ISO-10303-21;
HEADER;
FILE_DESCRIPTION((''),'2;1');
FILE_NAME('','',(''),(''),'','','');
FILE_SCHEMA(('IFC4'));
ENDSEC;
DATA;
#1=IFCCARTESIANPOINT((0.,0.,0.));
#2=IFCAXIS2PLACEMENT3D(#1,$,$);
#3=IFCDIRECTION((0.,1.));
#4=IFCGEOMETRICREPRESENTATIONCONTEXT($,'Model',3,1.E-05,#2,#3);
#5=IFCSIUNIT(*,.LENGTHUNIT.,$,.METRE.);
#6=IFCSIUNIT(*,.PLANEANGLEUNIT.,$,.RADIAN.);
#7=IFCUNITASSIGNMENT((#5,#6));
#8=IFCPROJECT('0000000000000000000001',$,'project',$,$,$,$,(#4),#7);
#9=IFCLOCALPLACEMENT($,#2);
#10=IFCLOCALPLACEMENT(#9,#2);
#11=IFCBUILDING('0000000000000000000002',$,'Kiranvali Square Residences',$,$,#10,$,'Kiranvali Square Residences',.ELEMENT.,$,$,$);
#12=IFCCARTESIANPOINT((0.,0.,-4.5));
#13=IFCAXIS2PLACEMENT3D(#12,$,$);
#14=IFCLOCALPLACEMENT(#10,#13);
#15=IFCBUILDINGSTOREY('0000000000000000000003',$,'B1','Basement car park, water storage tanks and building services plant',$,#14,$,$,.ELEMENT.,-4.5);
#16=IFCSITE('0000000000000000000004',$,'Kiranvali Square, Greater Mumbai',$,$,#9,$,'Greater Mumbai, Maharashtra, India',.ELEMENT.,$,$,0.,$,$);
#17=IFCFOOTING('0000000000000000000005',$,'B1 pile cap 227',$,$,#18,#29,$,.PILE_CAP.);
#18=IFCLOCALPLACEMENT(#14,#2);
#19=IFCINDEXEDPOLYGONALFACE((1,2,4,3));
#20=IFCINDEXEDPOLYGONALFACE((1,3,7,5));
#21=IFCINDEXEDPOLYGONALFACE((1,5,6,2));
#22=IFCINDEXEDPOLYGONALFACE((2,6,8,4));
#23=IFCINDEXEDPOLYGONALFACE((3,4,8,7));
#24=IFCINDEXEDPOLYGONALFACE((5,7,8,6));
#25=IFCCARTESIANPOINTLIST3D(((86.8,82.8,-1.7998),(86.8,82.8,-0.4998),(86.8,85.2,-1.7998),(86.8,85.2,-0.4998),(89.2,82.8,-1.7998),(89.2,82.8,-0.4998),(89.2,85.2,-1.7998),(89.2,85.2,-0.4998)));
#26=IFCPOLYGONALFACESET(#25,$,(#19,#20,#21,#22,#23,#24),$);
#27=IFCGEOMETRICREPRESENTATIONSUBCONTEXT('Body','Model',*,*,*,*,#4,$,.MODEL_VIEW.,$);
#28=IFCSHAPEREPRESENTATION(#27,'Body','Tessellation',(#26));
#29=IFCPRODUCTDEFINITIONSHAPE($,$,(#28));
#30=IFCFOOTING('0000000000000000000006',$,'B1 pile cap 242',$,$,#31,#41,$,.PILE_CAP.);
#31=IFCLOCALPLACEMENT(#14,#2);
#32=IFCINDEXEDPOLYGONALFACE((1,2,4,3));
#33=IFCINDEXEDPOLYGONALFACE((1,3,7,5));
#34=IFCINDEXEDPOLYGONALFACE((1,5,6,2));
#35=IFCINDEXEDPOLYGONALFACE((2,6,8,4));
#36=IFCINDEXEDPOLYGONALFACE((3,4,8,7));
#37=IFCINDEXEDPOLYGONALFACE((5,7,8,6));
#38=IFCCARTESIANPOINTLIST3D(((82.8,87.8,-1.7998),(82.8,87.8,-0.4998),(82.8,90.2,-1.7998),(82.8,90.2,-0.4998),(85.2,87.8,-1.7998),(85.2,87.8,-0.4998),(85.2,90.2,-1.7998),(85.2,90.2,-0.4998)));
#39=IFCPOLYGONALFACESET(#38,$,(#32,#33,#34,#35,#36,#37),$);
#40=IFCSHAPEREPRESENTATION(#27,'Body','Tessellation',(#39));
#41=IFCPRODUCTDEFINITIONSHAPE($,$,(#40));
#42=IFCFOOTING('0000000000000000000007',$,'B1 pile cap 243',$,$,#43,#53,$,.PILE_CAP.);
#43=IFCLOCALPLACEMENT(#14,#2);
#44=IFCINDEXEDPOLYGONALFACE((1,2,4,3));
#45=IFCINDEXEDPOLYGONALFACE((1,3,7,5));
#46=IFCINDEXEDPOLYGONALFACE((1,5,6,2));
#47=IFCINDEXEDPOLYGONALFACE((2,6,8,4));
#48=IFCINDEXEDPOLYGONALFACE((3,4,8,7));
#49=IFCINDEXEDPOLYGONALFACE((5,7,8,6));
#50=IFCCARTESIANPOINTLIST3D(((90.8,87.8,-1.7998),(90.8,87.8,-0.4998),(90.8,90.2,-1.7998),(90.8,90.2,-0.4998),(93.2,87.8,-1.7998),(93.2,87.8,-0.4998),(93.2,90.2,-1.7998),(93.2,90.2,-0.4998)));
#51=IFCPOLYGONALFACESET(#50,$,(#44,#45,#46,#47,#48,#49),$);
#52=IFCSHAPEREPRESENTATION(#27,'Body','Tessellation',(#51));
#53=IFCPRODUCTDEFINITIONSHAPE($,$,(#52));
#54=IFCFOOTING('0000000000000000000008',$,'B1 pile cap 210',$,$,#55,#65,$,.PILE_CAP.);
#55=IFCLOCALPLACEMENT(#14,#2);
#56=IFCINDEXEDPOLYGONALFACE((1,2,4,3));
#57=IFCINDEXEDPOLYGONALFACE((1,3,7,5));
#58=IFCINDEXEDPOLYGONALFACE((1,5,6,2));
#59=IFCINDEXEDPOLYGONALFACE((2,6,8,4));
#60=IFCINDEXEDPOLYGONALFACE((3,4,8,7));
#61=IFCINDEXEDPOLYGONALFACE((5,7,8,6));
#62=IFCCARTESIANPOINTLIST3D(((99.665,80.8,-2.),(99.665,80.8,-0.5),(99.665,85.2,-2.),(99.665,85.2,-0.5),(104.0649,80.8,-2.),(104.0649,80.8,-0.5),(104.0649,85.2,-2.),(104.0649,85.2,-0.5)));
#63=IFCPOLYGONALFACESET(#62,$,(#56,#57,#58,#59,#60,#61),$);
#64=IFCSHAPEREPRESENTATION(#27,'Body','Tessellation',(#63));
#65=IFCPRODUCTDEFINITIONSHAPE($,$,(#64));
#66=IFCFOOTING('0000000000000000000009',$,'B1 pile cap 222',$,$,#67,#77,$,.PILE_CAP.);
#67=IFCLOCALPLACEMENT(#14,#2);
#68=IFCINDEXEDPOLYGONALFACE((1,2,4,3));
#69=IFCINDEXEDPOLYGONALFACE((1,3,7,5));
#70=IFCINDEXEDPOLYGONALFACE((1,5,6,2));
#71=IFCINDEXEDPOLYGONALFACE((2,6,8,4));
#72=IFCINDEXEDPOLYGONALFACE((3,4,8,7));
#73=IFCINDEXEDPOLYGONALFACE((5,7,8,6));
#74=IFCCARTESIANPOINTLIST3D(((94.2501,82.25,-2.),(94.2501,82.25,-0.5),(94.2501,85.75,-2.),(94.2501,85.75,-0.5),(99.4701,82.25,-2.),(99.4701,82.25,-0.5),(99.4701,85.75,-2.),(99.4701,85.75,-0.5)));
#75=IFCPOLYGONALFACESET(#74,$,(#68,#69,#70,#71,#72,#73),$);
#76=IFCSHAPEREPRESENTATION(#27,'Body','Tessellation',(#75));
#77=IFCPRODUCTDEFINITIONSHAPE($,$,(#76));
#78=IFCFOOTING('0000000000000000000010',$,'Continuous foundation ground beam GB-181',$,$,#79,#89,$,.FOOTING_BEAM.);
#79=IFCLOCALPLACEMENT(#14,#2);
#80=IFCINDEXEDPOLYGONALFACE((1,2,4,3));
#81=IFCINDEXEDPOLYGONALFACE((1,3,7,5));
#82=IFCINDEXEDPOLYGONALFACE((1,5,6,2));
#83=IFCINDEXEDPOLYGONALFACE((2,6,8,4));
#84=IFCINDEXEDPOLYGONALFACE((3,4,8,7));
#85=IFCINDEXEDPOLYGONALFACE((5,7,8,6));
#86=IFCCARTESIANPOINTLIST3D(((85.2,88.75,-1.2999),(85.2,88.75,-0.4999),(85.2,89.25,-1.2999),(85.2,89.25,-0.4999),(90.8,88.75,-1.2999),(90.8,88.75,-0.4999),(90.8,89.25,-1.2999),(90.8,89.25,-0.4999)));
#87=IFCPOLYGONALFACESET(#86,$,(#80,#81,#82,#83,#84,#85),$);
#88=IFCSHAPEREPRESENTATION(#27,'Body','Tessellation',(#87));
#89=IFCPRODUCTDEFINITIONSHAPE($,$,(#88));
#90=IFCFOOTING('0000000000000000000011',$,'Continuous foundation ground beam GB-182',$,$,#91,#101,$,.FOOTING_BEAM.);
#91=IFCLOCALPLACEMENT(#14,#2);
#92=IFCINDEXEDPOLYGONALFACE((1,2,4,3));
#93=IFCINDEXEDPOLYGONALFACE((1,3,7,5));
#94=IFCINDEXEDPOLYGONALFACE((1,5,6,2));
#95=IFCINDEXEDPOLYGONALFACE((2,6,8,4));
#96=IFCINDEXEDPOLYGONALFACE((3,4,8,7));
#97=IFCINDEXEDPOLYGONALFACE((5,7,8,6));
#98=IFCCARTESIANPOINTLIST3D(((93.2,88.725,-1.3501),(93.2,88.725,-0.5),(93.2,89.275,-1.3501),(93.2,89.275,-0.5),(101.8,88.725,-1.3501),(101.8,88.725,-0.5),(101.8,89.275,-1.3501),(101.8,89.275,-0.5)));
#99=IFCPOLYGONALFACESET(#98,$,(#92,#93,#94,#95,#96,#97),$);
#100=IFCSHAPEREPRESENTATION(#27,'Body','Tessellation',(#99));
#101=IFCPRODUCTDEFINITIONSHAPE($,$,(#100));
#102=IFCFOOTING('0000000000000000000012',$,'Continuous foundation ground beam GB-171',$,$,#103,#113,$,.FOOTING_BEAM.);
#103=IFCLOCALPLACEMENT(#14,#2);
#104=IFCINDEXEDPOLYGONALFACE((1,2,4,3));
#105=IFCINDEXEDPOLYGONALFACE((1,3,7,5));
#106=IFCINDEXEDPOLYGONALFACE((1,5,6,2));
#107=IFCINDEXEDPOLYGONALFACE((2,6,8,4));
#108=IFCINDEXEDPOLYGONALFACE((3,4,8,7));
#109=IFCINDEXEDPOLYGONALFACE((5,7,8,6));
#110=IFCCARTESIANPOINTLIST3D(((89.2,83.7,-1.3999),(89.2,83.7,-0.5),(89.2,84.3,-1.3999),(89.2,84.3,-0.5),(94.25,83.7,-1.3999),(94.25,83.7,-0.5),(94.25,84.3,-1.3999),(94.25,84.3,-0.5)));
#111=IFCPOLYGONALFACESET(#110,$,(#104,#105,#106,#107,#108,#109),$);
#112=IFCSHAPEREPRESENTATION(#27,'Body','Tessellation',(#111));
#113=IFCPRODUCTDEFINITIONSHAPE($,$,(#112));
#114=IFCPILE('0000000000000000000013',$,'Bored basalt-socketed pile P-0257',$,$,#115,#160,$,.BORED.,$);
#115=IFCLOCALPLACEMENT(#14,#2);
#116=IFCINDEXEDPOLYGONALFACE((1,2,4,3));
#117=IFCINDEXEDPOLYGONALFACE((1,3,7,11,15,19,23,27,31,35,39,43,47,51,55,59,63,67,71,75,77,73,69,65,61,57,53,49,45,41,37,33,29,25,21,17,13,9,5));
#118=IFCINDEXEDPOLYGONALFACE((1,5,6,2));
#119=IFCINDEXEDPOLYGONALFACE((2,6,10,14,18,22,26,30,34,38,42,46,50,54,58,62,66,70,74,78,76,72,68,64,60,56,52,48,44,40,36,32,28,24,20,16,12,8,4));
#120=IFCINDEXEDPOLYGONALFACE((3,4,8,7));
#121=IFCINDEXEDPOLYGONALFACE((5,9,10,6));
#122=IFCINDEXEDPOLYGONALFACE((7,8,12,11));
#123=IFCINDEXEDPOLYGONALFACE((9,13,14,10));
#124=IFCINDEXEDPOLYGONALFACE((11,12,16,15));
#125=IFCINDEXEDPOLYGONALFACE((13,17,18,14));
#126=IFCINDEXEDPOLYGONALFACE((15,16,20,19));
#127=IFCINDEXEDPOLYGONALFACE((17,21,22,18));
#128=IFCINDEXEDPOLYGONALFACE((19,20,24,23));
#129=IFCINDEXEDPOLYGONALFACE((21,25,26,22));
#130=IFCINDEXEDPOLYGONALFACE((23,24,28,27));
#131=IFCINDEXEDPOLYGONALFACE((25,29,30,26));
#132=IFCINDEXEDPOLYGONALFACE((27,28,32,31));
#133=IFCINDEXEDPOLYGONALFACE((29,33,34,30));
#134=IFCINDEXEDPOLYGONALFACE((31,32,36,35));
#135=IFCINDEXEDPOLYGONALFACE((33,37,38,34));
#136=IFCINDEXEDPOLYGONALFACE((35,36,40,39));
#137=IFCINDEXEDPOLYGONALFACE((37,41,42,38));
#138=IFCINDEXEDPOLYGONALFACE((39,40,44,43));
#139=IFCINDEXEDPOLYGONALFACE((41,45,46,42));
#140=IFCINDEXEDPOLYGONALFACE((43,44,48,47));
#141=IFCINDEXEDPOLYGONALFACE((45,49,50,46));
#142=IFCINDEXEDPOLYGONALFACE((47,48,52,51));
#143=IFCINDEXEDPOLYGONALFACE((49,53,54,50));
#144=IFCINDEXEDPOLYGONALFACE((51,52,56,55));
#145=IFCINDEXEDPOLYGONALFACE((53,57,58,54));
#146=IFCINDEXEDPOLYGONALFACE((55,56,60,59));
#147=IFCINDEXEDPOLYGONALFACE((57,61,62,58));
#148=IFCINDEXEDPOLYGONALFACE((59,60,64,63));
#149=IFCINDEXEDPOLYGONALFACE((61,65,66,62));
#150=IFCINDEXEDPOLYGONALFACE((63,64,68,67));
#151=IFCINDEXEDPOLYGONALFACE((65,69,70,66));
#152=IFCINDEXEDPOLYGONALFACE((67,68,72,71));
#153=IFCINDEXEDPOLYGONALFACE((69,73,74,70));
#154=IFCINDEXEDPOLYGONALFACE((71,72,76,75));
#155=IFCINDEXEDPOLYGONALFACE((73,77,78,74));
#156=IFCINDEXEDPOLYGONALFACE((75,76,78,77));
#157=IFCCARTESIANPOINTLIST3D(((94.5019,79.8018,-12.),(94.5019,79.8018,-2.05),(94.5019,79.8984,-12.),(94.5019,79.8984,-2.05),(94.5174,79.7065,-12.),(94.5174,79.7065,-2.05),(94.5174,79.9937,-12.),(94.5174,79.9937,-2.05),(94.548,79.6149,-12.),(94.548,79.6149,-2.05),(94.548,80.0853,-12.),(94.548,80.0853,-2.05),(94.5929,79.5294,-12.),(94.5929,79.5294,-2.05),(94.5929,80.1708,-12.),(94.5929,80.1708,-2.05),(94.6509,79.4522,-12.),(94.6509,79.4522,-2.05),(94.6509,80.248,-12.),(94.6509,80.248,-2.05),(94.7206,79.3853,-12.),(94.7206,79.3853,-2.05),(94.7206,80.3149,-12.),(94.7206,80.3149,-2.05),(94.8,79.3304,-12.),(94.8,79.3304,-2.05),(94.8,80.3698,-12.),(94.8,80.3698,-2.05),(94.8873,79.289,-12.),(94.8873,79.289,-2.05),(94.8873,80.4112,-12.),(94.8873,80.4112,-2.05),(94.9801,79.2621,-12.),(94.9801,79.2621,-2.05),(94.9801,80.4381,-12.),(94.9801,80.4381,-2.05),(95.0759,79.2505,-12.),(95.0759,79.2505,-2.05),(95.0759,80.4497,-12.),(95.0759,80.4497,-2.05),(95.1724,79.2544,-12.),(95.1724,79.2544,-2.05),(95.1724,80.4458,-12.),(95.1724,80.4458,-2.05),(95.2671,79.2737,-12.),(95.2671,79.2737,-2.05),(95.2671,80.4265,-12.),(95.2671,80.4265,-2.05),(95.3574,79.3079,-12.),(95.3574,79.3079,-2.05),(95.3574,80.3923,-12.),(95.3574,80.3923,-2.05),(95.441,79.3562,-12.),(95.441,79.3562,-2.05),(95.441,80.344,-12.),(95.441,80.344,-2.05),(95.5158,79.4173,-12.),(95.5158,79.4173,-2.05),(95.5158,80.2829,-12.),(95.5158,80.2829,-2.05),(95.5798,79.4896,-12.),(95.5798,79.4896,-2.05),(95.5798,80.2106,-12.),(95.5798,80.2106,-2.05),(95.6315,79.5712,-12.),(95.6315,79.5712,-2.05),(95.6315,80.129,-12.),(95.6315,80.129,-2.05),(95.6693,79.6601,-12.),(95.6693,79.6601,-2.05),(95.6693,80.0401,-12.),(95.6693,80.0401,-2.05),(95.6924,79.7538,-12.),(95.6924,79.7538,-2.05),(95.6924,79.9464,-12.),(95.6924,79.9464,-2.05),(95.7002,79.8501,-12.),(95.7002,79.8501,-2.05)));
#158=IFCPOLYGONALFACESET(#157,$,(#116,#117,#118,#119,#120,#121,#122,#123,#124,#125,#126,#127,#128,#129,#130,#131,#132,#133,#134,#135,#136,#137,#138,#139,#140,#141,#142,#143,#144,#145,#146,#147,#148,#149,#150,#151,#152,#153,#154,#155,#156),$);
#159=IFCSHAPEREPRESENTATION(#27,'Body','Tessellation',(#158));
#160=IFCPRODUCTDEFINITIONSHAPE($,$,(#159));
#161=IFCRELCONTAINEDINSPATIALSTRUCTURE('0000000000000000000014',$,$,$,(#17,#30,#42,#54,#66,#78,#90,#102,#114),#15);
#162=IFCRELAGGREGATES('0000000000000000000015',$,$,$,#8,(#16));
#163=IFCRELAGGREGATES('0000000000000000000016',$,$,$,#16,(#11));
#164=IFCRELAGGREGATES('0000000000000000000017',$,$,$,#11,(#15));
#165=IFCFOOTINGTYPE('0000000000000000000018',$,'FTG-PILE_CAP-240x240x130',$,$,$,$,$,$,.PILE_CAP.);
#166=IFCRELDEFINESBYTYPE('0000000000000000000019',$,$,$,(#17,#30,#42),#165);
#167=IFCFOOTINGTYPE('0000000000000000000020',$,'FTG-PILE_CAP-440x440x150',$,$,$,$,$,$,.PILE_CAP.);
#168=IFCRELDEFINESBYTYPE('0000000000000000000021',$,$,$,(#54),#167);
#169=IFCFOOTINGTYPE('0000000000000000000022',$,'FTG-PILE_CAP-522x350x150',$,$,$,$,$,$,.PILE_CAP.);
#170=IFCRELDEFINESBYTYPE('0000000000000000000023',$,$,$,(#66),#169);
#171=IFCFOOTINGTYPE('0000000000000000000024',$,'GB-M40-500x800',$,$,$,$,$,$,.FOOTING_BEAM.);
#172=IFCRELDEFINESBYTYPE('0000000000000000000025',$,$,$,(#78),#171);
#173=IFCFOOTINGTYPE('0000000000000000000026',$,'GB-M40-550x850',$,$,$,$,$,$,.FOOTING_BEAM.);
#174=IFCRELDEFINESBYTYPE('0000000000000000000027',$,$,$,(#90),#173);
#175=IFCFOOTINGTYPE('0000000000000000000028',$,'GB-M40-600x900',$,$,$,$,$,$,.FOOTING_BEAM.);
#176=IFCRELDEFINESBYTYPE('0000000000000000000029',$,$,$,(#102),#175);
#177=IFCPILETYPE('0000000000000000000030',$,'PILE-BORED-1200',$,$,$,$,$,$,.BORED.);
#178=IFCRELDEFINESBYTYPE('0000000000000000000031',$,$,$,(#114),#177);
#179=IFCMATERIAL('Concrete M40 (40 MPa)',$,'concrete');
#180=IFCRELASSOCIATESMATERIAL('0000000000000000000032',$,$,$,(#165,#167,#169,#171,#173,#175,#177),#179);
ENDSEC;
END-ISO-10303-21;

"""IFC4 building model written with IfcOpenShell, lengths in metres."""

from ifc_helpers import new_model, si_unit, direction, frame, origin, origin_2d, place, context, subcontext, project, spatial, rectangle, circle, extrude, material, material_profile, profile_set, type_object, element, save


model = new_model("IFC4")

# Units and contexts
model_context = context("Model", 3, precision=1e-05, world=origin(), true_north=direction((0.0, 1.0)))
body_context = subcontext(model_context, "Body", "Model", "MODEL_VIEW")
ifc_project = project(units=[si_unit("LENGTHUNIT", "METRE"), si_unit("PLANEANGLEUNIT", "RADIAN")], contexts=[model_context])

# Site, building, storey
site_placement = place(None, origin())
site = spatial("IfcSite", under=ifc_project, at=site_placement, Name="Kiranvali Square, Greater Mumbai", LongName="Greater Mumbai, Maharashtra, India", CompositionType="ELEMENT", RefElevation=0.0)
building_placement = place(site_placement, origin())
building = spatial("IfcBuilding", under=site, at=building_placement, Name="Kiranvali Square Residences", LongName="Kiranvali Square Residences", CompositionType="ELEMENT")
storey_placement = place(building_placement, frame((0.0, 0.0, -4.5)))
storey = spatial("IfcBuildingStorey", under=building, at=storey_placement, Name="B1", Description="Basement car park, water storage tanks and building services plant", CompositionType="ELEMENT", Elevation=-4.5)

# Footings
ifc_material_1 = material(Name="Concrete M40 (40 MPa)", Category="concrete")
footing_type_1 = type_object("IfcFootingType", Name="FTG-PILE_CAP-240x240x130", PredefinedType="PILE_CAP", material=ifc_material_1)
for number, where, z_axis, x_axis, name in (
    (1, (88.0, 84.0, -1.7998), (0.0, 0.0, 1.0), (1.0, 0.0, 0.0), "B1 pile cap 227"),
    (2, (84.0, 89.0, -1.7998), (0.0, 0.0, 1.0), (1.0, 0.0, 0.0), "B1 pile cap 242"),
    (3, (92.0, 89.0, -1.7998), (0.0, 0.0, 1.0), (1.0, 0.0, 0.0), "B1 pile cap 243"),
):
    element("IfcFooting", number, at=place(storey_placement, frame(where, z_axis=z_axis, x_axis=x_axis)), inside=storey, type_object=footing_type_1, Name=name, PredefinedType="PILE_CAP", context=body_context, shape_type="SweptSolid", body=[
        extrude(rectangle(XDim=2.3999, YDim=2.3999, at=origin_2d()), origin(), (0.0, 0.0, 1.0), 1.3),
    ])
footing_type_2 = type_object("IfcFootingType", Name="FTG-PILE_CAP-440x440x150", PredefinedType="PILE_CAP", material=ifc_material_1)
footing_1_placement = place(storey_placement, frame((101.865, 83.0, -2.0), z_axis=(0.0, 0.0, 1.0), x_axis=(1.0, 0.0, 0.0)))
element("IfcFooting", 4, at=footing_1_placement, inside=storey, type_object=footing_type_2, Name="B1 pile cap 210", PredefinedType="PILE_CAP", context=body_context, shape_type="SweptSolid", body=[
    extrude(rectangle(XDim=4.3999, YDim=4.3999, at=origin_2d()), origin(), (0.0, 0.0, 1.0), 1.5),
])
footing_type_3 = type_object("IfcFootingType", Name="FTG-PILE_CAP-522x350x150", PredefinedType="PILE_CAP", material=ifc_material_1)
footing_2_placement = place(storey_placement, frame((96.8601, 84.0, -2.0), z_axis=(0.0, 0.0, 1.0), x_axis=(1.0, 0.0, 0.0)))
element("IfcFooting", 5, at=footing_2_placement, inside=storey, type_object=footing_type_3, Name="B1 pile cap 222", PredefinedType="PILE_CAP", context=body_context, shape_type="SweptSolid", body=[
    extrude(rectangle(XDim=5.22, YDim=3.5, at=origin_2d()), origin(), (0.0, 0.0, 1.0), 1.5),
])
ifc_material_profile_1 = material_profile(ifc_material_1, rectangle(XDim=0.5, YDim=0.8, at=origin_2d()), Name="GB 500x800")
ifc_profile_set_1 = profile_set([ifc_material_profile_1], Name="Concrete M40 (40 MPa)")
footing_type_4 = type_object("IfcFootingType", Name="GB-M40-500x800", PredefinedType="FOOTING_BEAM", material=ifc_profile_set_1)
footing_3_placement = place(storey_placement, frame((85.2, 89.0, -0.8999), z_axis=(1.0, 0.0, 0.0), x_axis=(0.0, 1.0, 0.0)))
element("IfcFooting", 6, at=footing_3_placement, inside=storey, type_object=footing_type_4, Name="Continuous foundation ground beam GB-181", PredefinedType="FOOTING_BEAM", context=body_context, shape_type="SweptSolid", body=[
    extrude(rectangle(XDim=0.5, YDim=0.8, at=origin_2d()), origin(), (0.0, 0.0, 1.0), 5.6001),
])
ifc_material_profile_2 = material_profile(ifc_material_1, rectangle(XDim=0.55, YDim=0.8501, at=origin_2d()), Name="GB 550x850")
ifc_profile_set_2 = profile_set([ifc_material_profile_2], Name="Concrete M40 (40 MPa)")
footing_type_5 = type_object("IfcFootingType", Name="GB-M40-550x850", PredefinedType="FOOTING_BEAM", material=ifc_profile_set_2)
footing_4_placement = place(storey_placement, frame((93.2, 89.0, -0.925), z_axis=(1.0, 0.0, 0.0), x_axis=(0.0, 1.0, 0.0)))
element("IfcFooting", 7, at=footing_4_placement, inside=storey, type_object=footing_type_5, Name="Continuous foundation ground beam GB-182", PredefinedType="FOOTING_BEAM", context=body_context, shape_type="SweptSolid", body=[
    extrude(rectangle(XDim=0.55, YDim=0.8501, at=origin_2d()), origin(), (0.0, 0.0, 1.0), 8.6001),
])
ifc_material_profile_3 = material_profile(ifc_material_1, rectangle(XDim=0.6001, YDim=0.8999, at=origin_2d()), Name="GB 600x900")
ifc_profile_set_3 = profile_set([ifc_material_profile_3], Name="Concrete M40 (40 MPa)")
footing_type_6 = type_object("IfcFootingType", Name="GB-M40-600x900", PredefinedType="FOOTING_BEAM", material=ifc_profile_set_3)
footing_5_placement = place(storey_placement, frame((89.2, 84.0, -0.95), z_axis=(1.0, 0.0, 0.0), x_axis=(0.0, 1.0, 0.0)))
element("IfcFooting", 8, at=footing_5_placement, inside=storey, type_object=footing_type_6, Name="Continuous foundation ground beam GB-171", PredefinedType="FOOTING_BEAM", context=body_context, shape_type="SweptSolid", body=[
    extrude(rectangle(XDim=0.6001, YDim=0.8999, at=origin_2d()), origin(), (0.0, 0.0, 1.0), 5.05),
])

# Pile
ifc_material_profile_4 = material_profile(ifc_material_1, circle(Radius=0.6001, at=origin_2d()), Name="BORED PILE 1200")
ifc_profile_set_4 = profile_set([ifc_material_profile_4], Name="Concrete M40 (40 MPa)")
pile_type_1 = type_object("IfcPileType", Name="PILE-BORED-1200", PredefinedType="BORED", material=ifc_profile_set_4)
for number, where, z_axis, x_axis, name in (
    (9, (95.1001, 79.8501, -2.05), (0.0, 0.0, -1.0), (1.0, 0.0, 0.0), "Bored basalt-socketed pile P-0257"),
):
    element("IfcPile", number, at=place(storey_placement, frame(where, z_axis=z_axis, x_axis=x_axis)), inside=storey, type_object=pile_type_1, Name=name, PredefinedType="BORED", context=body_context, shape_type="SweptSolid", body=[
        extrude(circle(Radius=0.6001, at=origin_2d()), origin(), (0.0, 0.0, 1.0), 9.95),
    ])

save(model, "model.ifc")
